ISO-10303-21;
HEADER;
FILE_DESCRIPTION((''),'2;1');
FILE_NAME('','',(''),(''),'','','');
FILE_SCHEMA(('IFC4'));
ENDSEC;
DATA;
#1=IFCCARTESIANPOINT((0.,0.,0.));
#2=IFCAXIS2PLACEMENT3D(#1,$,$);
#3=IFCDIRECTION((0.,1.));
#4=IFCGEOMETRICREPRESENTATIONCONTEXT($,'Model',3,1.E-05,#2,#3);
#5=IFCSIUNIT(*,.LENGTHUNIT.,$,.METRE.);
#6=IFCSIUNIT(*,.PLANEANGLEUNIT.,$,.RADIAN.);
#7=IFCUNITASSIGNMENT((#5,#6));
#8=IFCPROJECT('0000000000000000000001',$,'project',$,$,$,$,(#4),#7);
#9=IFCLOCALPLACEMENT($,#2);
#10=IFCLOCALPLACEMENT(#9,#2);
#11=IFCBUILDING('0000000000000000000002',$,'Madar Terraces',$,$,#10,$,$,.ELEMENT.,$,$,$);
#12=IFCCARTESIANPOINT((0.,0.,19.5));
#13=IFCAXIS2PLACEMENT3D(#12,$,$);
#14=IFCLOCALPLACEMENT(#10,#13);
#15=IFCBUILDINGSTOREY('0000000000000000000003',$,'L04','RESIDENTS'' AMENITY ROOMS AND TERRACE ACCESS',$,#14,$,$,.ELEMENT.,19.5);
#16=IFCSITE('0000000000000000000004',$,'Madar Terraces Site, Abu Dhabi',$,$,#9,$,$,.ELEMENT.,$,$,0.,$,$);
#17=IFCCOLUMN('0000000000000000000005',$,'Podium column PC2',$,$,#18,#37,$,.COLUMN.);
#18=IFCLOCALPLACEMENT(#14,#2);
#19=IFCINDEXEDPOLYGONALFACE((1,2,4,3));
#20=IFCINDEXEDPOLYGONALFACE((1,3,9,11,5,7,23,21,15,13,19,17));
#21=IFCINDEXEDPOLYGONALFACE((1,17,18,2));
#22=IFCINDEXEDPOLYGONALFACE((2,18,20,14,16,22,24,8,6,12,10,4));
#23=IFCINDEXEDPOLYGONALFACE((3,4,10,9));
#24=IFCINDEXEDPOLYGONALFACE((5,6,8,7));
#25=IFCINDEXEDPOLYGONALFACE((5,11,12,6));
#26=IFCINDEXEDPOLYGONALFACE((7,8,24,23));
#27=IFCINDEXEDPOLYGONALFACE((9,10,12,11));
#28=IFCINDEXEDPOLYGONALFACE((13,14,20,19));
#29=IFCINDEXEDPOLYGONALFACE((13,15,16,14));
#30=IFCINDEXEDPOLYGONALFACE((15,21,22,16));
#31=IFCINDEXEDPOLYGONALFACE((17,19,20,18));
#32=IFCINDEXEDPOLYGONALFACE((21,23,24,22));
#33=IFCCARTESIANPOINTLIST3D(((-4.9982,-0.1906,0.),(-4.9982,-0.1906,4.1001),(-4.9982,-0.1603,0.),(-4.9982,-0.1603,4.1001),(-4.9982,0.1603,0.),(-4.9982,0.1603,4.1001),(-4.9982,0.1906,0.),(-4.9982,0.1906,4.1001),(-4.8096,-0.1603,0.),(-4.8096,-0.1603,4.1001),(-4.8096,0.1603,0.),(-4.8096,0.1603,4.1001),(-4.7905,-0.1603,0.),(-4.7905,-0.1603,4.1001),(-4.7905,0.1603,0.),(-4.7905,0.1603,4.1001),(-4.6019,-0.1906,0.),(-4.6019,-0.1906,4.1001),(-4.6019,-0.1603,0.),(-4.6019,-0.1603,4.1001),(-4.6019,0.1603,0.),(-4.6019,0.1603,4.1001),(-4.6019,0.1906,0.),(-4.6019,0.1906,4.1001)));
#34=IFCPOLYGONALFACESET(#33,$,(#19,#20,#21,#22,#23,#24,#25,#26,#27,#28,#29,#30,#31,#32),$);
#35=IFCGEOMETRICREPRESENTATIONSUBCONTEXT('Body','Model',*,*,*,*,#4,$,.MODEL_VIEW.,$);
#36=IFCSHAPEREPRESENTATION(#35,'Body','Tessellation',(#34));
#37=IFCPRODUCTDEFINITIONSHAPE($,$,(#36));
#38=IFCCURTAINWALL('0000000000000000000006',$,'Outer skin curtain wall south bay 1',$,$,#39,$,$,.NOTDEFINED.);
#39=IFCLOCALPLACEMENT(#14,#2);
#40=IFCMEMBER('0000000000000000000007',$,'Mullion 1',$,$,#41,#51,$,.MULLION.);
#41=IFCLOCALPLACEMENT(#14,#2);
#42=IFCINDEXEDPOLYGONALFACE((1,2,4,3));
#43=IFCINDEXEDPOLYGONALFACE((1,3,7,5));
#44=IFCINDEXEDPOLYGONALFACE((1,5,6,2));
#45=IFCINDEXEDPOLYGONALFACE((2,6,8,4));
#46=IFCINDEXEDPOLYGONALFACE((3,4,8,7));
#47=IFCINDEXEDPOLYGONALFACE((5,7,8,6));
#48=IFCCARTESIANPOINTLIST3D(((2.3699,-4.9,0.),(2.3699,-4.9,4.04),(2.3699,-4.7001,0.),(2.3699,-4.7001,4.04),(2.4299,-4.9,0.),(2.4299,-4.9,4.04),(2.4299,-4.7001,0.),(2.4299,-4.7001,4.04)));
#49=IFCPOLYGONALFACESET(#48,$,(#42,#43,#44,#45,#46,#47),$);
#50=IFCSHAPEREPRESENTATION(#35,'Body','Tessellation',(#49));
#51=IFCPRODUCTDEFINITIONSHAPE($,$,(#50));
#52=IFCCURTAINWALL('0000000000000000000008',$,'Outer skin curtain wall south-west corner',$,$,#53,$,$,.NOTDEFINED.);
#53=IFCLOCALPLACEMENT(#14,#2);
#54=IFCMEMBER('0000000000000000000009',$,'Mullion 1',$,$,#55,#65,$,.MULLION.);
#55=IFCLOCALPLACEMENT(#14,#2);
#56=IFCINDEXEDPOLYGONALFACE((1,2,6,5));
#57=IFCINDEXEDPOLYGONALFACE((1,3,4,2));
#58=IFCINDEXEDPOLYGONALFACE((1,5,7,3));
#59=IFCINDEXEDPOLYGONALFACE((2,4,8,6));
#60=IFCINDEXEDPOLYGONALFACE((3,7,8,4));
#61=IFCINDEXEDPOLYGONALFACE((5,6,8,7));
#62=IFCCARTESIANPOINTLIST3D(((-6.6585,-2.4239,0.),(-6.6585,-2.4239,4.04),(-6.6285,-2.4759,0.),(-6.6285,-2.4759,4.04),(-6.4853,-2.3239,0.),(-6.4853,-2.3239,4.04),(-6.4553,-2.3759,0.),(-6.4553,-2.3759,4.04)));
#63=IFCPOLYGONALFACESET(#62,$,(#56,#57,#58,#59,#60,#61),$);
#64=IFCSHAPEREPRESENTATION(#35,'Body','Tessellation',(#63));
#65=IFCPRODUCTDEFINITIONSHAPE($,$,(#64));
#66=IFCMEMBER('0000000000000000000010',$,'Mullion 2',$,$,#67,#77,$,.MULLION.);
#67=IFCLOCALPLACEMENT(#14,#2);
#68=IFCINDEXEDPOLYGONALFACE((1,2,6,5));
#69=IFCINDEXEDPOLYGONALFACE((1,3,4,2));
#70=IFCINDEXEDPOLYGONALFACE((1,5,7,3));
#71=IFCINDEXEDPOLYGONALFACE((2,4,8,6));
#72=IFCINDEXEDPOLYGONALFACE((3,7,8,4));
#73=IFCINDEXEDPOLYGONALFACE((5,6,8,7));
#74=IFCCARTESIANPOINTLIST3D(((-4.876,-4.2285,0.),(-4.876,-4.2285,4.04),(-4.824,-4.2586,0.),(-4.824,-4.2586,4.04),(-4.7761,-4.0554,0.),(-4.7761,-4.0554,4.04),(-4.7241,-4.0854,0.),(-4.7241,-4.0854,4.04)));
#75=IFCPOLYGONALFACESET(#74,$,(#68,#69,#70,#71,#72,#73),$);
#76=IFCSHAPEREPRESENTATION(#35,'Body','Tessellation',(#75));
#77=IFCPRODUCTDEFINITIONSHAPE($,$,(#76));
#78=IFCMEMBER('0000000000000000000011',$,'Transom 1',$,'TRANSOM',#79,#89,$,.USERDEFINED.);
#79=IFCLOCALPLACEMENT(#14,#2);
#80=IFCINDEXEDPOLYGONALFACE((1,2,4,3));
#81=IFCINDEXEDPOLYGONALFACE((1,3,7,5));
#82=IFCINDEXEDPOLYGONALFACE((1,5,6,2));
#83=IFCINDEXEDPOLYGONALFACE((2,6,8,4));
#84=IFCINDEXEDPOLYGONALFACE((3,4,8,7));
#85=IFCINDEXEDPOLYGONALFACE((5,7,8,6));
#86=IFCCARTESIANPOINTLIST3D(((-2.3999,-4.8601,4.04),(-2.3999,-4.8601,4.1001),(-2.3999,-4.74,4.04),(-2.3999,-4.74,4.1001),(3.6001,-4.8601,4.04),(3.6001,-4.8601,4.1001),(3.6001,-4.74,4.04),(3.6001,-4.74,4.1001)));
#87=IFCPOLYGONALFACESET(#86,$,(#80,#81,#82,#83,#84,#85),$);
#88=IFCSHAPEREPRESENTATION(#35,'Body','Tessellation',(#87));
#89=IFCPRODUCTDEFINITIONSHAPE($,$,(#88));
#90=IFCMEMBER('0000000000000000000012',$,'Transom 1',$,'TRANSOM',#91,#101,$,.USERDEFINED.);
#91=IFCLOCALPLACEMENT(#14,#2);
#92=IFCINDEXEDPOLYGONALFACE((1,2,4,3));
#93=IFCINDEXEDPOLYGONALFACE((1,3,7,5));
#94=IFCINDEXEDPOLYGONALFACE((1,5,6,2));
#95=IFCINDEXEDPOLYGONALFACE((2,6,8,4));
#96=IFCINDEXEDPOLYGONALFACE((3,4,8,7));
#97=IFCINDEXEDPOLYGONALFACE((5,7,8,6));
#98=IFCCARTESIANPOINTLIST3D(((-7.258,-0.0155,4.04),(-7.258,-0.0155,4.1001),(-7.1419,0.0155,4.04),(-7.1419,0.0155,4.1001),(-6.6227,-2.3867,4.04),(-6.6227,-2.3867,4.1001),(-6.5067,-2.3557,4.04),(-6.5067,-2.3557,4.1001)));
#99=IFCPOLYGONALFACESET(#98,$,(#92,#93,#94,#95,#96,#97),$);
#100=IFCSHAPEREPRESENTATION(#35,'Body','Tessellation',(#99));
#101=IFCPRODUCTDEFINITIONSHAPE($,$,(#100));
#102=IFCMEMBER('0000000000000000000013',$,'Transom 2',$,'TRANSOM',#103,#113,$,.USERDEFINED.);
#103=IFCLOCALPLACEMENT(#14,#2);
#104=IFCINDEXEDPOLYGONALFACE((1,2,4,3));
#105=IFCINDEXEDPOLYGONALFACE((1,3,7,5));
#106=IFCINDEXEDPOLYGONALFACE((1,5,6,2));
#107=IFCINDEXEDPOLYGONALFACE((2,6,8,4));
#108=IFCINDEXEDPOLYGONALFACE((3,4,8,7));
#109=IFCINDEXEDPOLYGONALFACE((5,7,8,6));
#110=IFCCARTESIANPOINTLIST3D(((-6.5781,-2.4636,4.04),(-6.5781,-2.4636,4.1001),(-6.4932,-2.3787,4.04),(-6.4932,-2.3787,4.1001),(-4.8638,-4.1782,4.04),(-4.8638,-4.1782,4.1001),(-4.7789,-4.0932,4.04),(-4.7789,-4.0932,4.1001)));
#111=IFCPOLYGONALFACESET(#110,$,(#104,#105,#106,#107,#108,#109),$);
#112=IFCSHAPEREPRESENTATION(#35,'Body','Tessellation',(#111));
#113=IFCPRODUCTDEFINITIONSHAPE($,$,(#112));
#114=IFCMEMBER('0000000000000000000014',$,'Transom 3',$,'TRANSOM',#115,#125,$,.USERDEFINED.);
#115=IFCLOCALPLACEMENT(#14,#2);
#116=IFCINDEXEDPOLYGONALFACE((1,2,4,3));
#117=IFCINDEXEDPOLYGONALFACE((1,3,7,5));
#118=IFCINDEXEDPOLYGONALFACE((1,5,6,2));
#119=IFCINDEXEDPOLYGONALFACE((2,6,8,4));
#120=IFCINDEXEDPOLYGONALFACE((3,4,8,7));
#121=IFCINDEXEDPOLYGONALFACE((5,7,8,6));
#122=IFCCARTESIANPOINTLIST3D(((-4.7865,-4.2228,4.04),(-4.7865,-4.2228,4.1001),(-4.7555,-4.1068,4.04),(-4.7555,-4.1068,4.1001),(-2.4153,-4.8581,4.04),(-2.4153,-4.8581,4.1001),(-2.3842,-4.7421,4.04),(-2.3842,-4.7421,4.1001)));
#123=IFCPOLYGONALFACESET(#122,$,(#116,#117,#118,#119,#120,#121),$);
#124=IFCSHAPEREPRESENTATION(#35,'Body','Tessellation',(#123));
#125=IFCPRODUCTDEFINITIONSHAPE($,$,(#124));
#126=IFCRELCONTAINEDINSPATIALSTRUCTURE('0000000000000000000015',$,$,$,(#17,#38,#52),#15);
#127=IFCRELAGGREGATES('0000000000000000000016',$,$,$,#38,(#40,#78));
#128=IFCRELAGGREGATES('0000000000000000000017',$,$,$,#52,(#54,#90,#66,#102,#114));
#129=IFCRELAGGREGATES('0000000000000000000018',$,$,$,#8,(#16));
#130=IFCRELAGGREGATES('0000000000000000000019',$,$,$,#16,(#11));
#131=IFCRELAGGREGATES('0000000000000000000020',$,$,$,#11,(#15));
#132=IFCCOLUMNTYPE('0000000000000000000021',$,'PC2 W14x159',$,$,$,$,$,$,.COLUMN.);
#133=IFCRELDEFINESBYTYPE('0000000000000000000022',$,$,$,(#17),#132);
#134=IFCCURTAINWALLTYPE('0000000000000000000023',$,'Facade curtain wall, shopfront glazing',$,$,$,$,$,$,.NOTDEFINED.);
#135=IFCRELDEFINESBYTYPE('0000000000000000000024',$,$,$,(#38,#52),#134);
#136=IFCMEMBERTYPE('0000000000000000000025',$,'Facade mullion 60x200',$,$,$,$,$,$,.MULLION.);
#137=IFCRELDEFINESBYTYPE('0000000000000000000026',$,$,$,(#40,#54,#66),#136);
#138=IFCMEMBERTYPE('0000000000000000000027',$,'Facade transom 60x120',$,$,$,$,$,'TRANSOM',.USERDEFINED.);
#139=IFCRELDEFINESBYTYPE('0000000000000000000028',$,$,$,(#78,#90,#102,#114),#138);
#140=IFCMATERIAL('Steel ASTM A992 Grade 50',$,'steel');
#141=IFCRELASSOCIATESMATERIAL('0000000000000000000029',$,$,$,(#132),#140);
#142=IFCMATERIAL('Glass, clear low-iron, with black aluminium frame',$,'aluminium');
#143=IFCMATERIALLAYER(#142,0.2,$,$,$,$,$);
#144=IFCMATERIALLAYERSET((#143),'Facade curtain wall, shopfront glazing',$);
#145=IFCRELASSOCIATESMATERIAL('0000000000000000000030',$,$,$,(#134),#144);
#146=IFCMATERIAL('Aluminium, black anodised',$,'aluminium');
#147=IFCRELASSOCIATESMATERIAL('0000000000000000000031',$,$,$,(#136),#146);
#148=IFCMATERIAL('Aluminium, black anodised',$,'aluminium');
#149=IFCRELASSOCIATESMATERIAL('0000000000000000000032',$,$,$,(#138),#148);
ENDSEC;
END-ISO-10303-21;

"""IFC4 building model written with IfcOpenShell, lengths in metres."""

from ifc_helpers import new_model, si_unit, direction, frame, origin, origin_2d, place, context, subcontext, project, spatial, rectangle, i_section, extrude, material, layer, layer_set, material_profile, profile_set, type_object, element, aggregate, save


model = new_model("IFC4")

# Units and contexts
model_context = context("Model", 3, precision=1e-05, world=origin(), true_north=direction((0.0, 1.0)))
body_context = subcontext(model_context, "Body", "Model", "MODEL_VIEW")
ifc_project = project(units=[si_unit("LENGTHUNIT", "METRE"), si_unit("PLANEANGLEUNIT", "RADIAN")], contexts=[model_context])

# Site, building, storey
site_placement = place(None, origin())
site = spatial("IfcSite", under=ifc_project, at=site_placement, Name="Madar Terraces Site, Abu Dhabi", CompositionType="ELEMENT", RefElevation=0.0)
building_placement = place(site_placement, origin())
building = spatial("IfcBuilding", under=site, at=building_placement, Name="Madar Terraces", CompositionType="ELEMENT")
storey_placement = place(building_placement, frame((0.0, 0.0, 19.5)))
storey = spatial("IfcBuildingStorey", under=building, at=storey_placement, Name="L04", Description="RESIDENTS' AMENITY ROOMS AND TERRACE ACCESS", CompositionType="ELEMENT", Elevation=19.5)

# Column
ifc_material_1 = material(Name="Steel ASTM A992 Grade 50", Category="steel")
ifc_material_profile_1 = material_profile(ifc_material_1, i_section(OverallWidth=0.3962, OverallDepth=0.3811, WebThickness=0.019, FlangeThickness=0.0303, at=origin_2d()), Name="W14x159")
ifc_profile_set_1 = profile_set([ifc_material_profile_1], Name="Steel ASTM A992 Grade 50")
column_type = type_object("IfcColumnType", Name="PC2 W14x159", PredefinedType="COLUMN", material=ifc_profile_set_1)
column_placement = place(storey_placement, frame((-4.8, 0.0, 0.0), z_axis=(0.0, 0.0, 1.0), x_axis=(1.0, 0.0, 0.0)))
element("IfcColumn", 1, at=column_placement, inside=storey, type_object=column_type, Name="Podium column PC2", PredefinedType="COLUMN", context=body_context, shape_type="SweptSolid", body=[
    extrude(i_section(OverallWidth=0.3962, OverallDepth=0.3811, WebThickness=0.019, FlangeThickness=0.0303, at=origin_2d()), origin(), (0.0, 0.0, 1.0), 4.1001),
])

# Curtain wall, member
ifc_material_2 = material(Name="Glass, clear low-iron, with black aluminium frame", Category="aluminium")
ifc_layer_1 = layer(ifc_material_2, 0.2)
ifc_layer_set_1 = layer_set([ifc_layer_1], Name="Facade curtain wall, shopfront glazing")
curtain_wall_type = type_object("IfcCurtainWallType", Name="Facade curtain wall, shopfront glazing", PredefinedType="NOTDEFINED", material=ifc_layer_set_1)
curtain_wall_1_placement = place(storey_placement, origin())
curtain_wall_1 = element("IfcCurtainWall", 2, at=curtain_wall_1_placement, inside=storey, type_object=curtain_wall_type, Name="Outer skin curtain wall south bay 1", PredefinedType="NOTDEFINED")
ifc_material_3 = material(Name="Aluminium, black anodised", Category="aluminium")
ifc_material_profile_2 = material_profile(ifc_material_3, rectangle(XDim=0.2, YDim=0.0601, at=origin_2d()), Name="Facade mullion 60x200")
ifc_profile_set_2 = profile_set([ifc_material_profile_2], Name="Aluminium, black anodised")
member_type_1 = type_object("IfcMemberType", Name="Facade mullion 60x200", PredefinedType="MULLION", material=ifc_profile_set_2)
member_1_placement = place(storey_placement, frame((2.3999, -4.8, 0.0), z_axis=(0.0, 0.0, 1.0), x_axis=(0.0, 1.0, 0.0)))
member_1 = element("IfcMember", 3, at=member_1_placement, type_object=member_type_1, Name="Mullion 1", PredefinedType="MULLION", context=body_context, shape_type="SweptSolid", body=[
    extrude(rectangle(XDim=0.2, YDim=0.0601, at=origin_2d()), origin(), (0.0, 0.0, 1.0), 4.04),
])

# Curtain wall, members
curtain_wall_2_placement = place(storey_placement, origin())
curtain_wall_2 = element("IfcCurtainWall", 4, at=curtain_wall_2_placement, inside=storey, type_object=curtain_wall_type, Name="Outer skin curtain wall south-west corner", PredefinedType="NOTDEFINED")
member_2_placement = place(storey_placement, frame((-6.5569, -2.3999, 0.0), z_axis=(0.0, 0.0, 1.0), x_axis=(0.866025, 0.5, 0.0)))
member_2 = element("IfcMember", 5, at=member_2_placement, type_object=member_type_1, Name="Mullion 1", PredefinedType="MULLION", context=body_context, shape_type="SweptSolid", body=[
    extrude(rectangle(XDim=0.2, YDim=0.0601, at=origin_2d()), origin(), (0.0, 0.0, 1.0), 4.04),
])
member_3_placement = place(storey_placement, frame((-4.8, -4.157, 0.0), z_axis=(0.0, 0.0, 1.0), x_axis=(0.5, 0.866025, 0.0)))
member_3 = element("IfcMember", 6, at=member_3_placement, type_object=member_type_1, Name="Mullion 2", PredefinedType="MULLION", context=body_context, shape_type="SweptSolid", body=[
    extrude(rectangle(XDim=0.2, YDim=0.0601, at=origin_2d()), origin(), (0.0, 0.0, 1.0), 4.04),
])

# Members
ifc_material_4 = material(Name="Aluminium, black anodised", Category="aluminium")
ifc_material_profile_3 = material_profile(ifc_material_4, rectangle(XDim=0.1201, YDim=0.0601, at=origin_2d()), Name="Facade transom 60x120")
ifc_profile_set_3 = profile_set([ifc_material_profile_3], Name="Aluminium, black anodised")
member_type_2 = type_object("IfcMemberType", Name="Facade transom 60x120", ElementType="TRANSOM", PredefinedType="USERDEFINED", material=ifc_profile_set_3)
member_4_placement = place(storey_placement, frame((-2.3999, -4.8, 4.0701), z_axis=(1.0, 0.0, 0.0), x_axis=(0.0, 1.0, 0.0)))
member_4 = element("IfcMember", 7, at=member_4_placement, type_object=member_type_2, Name="Transom 1", ObjectType="TRANSOM", PredefinedType="USERDEFINED", context=body_context, shape_type="SweptSolid", body=[
    extrude(rectangle(XDim=0.1201, YDim=0.0601, at=origin_2d()), origin(), (0.0, 0.0, 1.0), 6.0),
])
member_5_placement = place(storey_placement, frame((-7.2, 0.0, 4.0701), z_axis=(0.258789, -0.965934, 0.0), x_axis=(0.965934, 0.258789, 0.0)))
member_5 = element("IfcMember", 8, at=member_5_placement, type_object=member_type_2, Name="Transom 1", ObjectType="TRANSOM", PredefinedType="USERDEFINED", context=body_context, shape_type="SweptSolid", body=[
    extrude(rectangle(XDim=0.1201, YDim=0.0601, at=origin_2d()), origin(), (0.0, 0.0, 1.0), 2.4548),
])
member_6_placement = place(storey_placement, frame((-6.5356, -2.4211, 4.0701), z_axis=(0.707056, -0.707157, 0.0), x_axis=(0.707157, 0.707056, 0.0)))
member_6 = element("IfcMember", 9, at=member_6_placement, type_object=member_type_2, Name="Transom 2", ObjectType="TRANSOM", PredefinedType="USERDEFINED", context=body_context, shape_type="SweptSolid", body=[
    extrude(rectangle(XDim=0.1201, YDim=0.0601, at=origin_2d()), origin(), (0.0, 0.0, 1.0), 2.4246),
])
member_7_placement = place(storey_placement, frame((-4.771, -4.1648, 4.0701), z_axis=(0.965934, -0.258789, 0.0), x_axis=(0.258789, 0.965934, 0.0)))
member_7 = element("IfcMember", 10, at=member_7_placement, type_object=member_type_2, Name="Transom 3", ObjectType="TRANSOM", PredefinedType="USERDEFINED", context=body_context, shape_type="SweptSolid", body=[
    extrude(rectangle(XDim=0.1201, YDim=0.0601, at=origin_2d()), origin(), (0.0, 0.0, 1.0), 2.4548),
])

aggregate(curtain_wall_1, [member_1, member_4])
aggregate(curtain_wall_2, [member_2, member_5, member_3, member_6, member_7])

save(model, "model.ifc")
